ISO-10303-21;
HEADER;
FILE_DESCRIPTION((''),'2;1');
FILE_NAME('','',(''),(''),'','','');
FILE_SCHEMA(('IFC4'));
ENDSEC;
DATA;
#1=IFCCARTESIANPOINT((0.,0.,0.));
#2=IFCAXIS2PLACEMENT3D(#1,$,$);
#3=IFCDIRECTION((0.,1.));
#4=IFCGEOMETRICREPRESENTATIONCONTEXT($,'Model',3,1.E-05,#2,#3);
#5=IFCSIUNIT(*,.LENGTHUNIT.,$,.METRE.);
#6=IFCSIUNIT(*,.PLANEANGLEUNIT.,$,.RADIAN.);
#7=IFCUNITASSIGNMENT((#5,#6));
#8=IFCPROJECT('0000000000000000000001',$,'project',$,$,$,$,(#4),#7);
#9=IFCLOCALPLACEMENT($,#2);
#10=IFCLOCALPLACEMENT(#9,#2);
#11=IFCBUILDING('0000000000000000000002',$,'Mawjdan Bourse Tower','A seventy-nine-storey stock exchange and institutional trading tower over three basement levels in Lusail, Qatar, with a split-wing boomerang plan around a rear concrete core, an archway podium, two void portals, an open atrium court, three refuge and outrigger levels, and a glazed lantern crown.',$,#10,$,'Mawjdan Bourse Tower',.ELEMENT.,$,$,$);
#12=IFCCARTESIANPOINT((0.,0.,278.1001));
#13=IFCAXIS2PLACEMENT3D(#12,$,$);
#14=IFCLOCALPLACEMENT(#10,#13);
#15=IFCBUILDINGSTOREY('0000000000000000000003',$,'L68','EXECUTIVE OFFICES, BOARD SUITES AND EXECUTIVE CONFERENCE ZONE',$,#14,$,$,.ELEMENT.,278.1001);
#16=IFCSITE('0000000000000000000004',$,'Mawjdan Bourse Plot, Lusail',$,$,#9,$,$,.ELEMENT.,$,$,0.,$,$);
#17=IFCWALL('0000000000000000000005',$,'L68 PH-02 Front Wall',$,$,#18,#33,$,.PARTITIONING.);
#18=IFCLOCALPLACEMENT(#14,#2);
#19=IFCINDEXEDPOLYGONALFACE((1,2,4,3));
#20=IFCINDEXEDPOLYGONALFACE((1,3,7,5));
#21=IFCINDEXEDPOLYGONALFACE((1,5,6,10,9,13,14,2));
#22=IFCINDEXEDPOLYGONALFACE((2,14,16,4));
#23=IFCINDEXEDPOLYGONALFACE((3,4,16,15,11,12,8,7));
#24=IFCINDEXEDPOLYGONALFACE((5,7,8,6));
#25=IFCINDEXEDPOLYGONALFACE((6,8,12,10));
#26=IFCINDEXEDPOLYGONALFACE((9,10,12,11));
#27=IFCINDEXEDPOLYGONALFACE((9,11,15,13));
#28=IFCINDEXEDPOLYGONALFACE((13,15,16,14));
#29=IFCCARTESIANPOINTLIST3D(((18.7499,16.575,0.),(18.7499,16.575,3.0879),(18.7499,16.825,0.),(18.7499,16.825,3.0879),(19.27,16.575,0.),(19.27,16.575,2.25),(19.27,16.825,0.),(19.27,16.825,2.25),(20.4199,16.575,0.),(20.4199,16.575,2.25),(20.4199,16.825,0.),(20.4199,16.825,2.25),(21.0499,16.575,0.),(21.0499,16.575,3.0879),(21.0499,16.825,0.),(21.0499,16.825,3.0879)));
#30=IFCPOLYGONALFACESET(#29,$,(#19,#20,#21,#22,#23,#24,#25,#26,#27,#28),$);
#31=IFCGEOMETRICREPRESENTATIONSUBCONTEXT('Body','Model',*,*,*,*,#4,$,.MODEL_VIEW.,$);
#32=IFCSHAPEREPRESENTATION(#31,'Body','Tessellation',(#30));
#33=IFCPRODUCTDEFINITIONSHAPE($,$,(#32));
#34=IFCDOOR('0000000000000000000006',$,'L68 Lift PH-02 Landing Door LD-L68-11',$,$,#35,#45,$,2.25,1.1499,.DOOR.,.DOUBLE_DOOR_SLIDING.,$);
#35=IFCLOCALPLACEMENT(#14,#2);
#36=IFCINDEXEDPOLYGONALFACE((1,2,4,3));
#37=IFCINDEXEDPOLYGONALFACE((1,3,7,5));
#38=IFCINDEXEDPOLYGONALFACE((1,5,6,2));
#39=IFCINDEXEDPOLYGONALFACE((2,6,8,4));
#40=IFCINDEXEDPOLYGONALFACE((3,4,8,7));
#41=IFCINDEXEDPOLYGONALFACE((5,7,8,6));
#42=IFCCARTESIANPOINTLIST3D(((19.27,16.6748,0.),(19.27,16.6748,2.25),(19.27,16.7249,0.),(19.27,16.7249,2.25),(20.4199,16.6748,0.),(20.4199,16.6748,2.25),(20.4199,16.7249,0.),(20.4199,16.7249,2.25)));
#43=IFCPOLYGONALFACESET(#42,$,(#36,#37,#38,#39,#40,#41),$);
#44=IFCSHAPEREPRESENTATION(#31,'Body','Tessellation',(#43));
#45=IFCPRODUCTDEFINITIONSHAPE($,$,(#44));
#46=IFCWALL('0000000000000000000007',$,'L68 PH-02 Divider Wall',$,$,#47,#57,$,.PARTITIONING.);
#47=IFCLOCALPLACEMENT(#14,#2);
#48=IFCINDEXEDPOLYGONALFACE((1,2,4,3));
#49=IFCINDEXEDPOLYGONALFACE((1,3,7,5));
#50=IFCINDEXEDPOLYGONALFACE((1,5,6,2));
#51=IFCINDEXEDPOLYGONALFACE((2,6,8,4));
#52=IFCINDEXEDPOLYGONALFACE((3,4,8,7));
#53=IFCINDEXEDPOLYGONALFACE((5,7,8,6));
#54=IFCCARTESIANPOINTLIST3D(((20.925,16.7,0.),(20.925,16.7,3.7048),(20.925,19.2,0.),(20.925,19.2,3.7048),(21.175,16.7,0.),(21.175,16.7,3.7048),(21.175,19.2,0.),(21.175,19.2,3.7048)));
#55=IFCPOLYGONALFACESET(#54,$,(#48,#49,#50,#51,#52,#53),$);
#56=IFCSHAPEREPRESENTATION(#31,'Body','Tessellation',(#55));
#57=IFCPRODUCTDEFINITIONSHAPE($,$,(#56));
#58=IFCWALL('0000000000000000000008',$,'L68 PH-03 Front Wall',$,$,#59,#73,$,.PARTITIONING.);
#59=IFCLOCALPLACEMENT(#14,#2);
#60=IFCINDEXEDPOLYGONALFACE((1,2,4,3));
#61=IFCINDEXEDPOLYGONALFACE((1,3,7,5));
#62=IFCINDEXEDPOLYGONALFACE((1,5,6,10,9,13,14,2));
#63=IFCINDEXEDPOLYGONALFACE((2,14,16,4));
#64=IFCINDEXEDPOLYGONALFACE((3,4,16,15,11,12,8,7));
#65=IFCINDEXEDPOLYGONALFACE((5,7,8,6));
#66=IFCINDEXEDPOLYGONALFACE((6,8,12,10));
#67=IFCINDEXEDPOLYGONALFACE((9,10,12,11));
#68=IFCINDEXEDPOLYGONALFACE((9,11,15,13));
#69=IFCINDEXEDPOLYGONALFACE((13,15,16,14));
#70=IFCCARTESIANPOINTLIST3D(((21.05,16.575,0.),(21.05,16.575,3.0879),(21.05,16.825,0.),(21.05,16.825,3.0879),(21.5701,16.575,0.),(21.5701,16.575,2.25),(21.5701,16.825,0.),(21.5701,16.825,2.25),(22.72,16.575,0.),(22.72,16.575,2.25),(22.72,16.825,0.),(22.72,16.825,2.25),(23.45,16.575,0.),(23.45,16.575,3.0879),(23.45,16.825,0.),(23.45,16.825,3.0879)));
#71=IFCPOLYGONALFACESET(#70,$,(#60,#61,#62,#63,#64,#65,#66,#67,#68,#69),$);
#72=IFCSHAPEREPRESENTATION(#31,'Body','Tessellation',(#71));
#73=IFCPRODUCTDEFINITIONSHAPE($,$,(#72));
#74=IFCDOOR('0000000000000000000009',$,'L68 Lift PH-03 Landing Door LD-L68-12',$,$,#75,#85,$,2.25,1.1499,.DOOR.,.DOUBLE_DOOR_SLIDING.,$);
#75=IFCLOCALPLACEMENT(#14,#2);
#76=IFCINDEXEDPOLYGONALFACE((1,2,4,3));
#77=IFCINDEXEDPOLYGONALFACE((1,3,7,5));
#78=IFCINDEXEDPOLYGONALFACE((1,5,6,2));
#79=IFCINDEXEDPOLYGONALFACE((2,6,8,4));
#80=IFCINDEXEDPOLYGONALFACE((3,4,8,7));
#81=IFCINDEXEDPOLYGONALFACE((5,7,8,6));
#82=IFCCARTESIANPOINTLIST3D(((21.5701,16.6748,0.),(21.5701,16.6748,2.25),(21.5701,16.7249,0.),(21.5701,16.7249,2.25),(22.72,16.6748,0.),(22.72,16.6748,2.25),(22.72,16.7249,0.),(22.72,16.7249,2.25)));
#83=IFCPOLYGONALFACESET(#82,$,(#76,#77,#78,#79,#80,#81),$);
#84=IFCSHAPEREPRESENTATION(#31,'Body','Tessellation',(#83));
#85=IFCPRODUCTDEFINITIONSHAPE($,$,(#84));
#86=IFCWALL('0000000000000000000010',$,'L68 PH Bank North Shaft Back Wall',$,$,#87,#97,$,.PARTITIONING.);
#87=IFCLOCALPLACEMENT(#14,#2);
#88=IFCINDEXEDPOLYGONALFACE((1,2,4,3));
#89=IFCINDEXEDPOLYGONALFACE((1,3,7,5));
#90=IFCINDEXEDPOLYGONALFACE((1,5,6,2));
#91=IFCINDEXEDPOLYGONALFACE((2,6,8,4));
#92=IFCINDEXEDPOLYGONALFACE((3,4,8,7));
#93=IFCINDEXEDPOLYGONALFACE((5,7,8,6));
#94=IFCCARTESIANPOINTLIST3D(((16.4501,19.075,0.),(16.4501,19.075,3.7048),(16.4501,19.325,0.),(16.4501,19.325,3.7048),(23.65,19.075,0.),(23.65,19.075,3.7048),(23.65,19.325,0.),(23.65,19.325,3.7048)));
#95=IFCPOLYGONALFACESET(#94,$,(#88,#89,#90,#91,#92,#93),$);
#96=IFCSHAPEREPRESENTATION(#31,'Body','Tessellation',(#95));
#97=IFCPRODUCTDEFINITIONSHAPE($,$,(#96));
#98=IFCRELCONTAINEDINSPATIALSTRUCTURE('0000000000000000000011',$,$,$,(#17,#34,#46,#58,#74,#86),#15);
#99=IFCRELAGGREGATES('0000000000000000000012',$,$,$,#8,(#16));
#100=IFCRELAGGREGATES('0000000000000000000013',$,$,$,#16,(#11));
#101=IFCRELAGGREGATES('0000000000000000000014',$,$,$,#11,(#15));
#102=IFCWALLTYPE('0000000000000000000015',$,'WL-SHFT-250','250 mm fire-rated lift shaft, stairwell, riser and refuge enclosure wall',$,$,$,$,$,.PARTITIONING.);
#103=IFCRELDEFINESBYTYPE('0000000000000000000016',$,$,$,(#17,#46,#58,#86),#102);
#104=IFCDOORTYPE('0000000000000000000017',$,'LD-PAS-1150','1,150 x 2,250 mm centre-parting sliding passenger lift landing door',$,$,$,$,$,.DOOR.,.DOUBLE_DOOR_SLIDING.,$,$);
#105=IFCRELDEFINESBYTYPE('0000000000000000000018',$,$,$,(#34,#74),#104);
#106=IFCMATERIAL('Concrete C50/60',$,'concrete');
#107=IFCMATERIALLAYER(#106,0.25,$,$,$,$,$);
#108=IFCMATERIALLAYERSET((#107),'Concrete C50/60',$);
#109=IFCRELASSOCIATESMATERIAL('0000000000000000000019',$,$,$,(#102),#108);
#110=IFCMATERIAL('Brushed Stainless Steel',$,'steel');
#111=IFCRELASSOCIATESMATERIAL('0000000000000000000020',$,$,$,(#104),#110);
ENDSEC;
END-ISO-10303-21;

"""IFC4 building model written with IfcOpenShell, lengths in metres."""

from ifc_helpers import new_model, si_unit, direction, frame, frame_2d, origin, place, context, subcontext, project, spatial, rectangle, extrude, material, layer, layer_set, type_object, element, fill, save


model = new_model("IFC4")

# Units and contexts
model_context = context("Model", 3, precision=1e-05, world=origin(), true_north=direction((0.0, 1.0)))
body_context = subcontext(model_context, "Body", "Model", "MODEL_VIEW")
ifc_project = project(units=[si_unit("LENGTHUNIT", "METRE"), si_unit("PLANEANGLEUNIT", "RADIAN")], contexts=[model_context])

# Site, building, storey
site_placement = place(None, origin())
site = spatial("IfcSite", under=ifc_project, at=site_placement, Name="Mawjdan Bourse Plot, Lusail", CompositionType="ELEMENT", RefElevation=0.0)
building_placement = place(site_placement, origin())
building = spatial("IfcBuilding", under=site, at=building_placement, Name="Mawjdan Bourse Tower", Description="A seventy-nine-storey stock exchange and institutional trading tower over three basement levels in Lusail, Qatar, with a split-wing boomerang plan around a rear concrete core, an archway podium, two void portals, an open atrium court, three refuge and outrigger levels, and a glazed lantern crown.", LongName="Mawjdan Bourse Tower", CompositionType="ELEMENT")
storey_placement = place(building_placement, frame((0.0, 0.0, 278.1001)))
storey = spatial("IfcBuildingStorey", under=building, at=storey_placement, Name="L68", Description="EXECUTIVE OFFICES, BOARD SUITES AND EXECUTIVE CONFERENCE ZONE", CompositionType="ELEMENT", Elevation=278.1001)

# Shared definitions
ifc_material_1 = material(Name="Concrete C50/60", Category="concrete")
ifc_layer_1 = layer(ifc_material_1, 0.25)
ifc_layer_set_1 = layer_set([ifc_layer_1], Name="Concrete C50/60")
wall_type_1 = type_object("IfcWallType", Name="WL-SHFT-250", Description="250 mm fire-rated lift shaft, stairwell, riser and refuge enclosure wall", PredefinedType="PARTITIONING", material=ifc_layer_set_1)

# Shared definitions
ifc_material_2 = material(Name="Brushed Stainless Steel", Category="steel")
door_type_1 = type_object("IfcDoorType", Name="LD-PAS-1150", Description="1,150 x 2,250 mm centre-parting sliding passenger lift landing door", OperationType="DOUBLE_DOOR_SLIDING", PredefinedType="DOOR", material=ifc_material_2)

# Wall, opening, door
wall_1_placement = place(storey_placement, frame((18.75, 16.7, 0.0), z_axis=(0.0, 0.0, 1.0), x_axis=(1.0, 0.0, 0.0)))
wall_1 = element("IfcWall", 1, at=wall_1_placement, inside=storey, type_object=wall_type_1, Name="L68 PH-02 Front Wall", PredefinedType="PARTITIONING", context=body_context, shape_type="SweptSolid", body=[
    extrude(rectangle(XDim=2.3, YDim=0.25, at=frame_2d((1.1499, 0.0))), origin(), (0.0, 0.0, 1.0), 3.0879),
])
opening_1_placement = place(wall_1_placement, frame((0.52, 0.0, 0.0)))
opening_1 = element("IfcOpeningElement", 2, at=opening_1_placement, cuts=wall_1, PredefinedType="OPENING", context=body_context, shape_type="SweptSolid", body=[
    extrude(rectangle(XDim=1.1499, YDim=2.25, at=frame_2d((0.575, 1.125))), frame((0.0, 0.135, 0.0), z_axis=(0.0, -1.0, 0.0), x_axis=(1.0, 0.0, 0.0)), (0.0, 0.0, 1.0), 0.27),
])
door_1_placement = place(opening_1_placement, origin())
door_1 = element("IfcDoor", 3, at=door_1_placement, inside=storey, type_object=door_type_1, Name="L68 Lift PH-02 Landing Door LD-L68-11", OperationType="DOUBLE_DOOR_SLIDING", OverallHeight=2.25, OverallWidth=1.1499, PredefinedType="DOOR", context=body_context, shape_type="SweptSolid", body=[
    extrude(rectangle(XDim=1.1499, YDim=2.25, at=frame_2d((0.575, 1.125))), frame((0.0, 0.0249, 0.0), z_axis=(0.0, -1.0, 0.0), x_axis=(1.0, 0.0, 0.0)), (0.0, 0.0, 1.0), 0.05),
])
fill(opening_1, door_1)

# Wall
wall_2_placement = place(storey_placement, frame((21.05, 16.7, 0.0), z_axis=(0.0, 0.0, 1.0), x_axis=(0.0, 1.0, 0.0)))
element("IfcWall", 4, at=wall_2_placement, inside=storey, type_object=wall_type_1, Name="L68 PH-02 Divider Wall", PredefinedType="PARTITIONING", context=body_context, shape_type="SweptSolid", body=[
    extrude(rectangle(XDim=2.5, YDim=0.25, at=frame_2d((1.25, 0.0))), origin(), (0.0, 0.0, 1.0), 3.7048),
])

# Wall, opening, door
wall_3_placement = place(storey_placement, frame((21.05, 16.7, 0.0), z_axis=(0.0, 0.0, 1.0), x_axis=(1.0, 0.0, 0.0)))
wall_3 = element("IfcWall", 5, at=wall_3_placement, inside=storey, type_object=wall_type_1, Name="L68 PH-03 Front Wall", PredefinedType="PARTITIONING", context=body_context, shape_type="SweptSolid", body=[
    extrude(rectangle(XDim=2.3999, YDim=0.25, at=frame_2d((1.2, 0.0))), origin(), (0.0, 0.0, 1.0), 3.0879),
])
opening_2_placement = place(wall_3_placement, frame((0.52, 0.0, 0.0)))
opening_2 = element("IfcOpeningElement", 6, at=opening_2_placement, cuts=wall_3, PredefinedType="OPENING", context=body_context, shape_type="SweptSolid", body=[
    extrude(rectangle(XDim=1.1499, YDim=2.25, at=frame_2d((0.575, 1.125))), frame((0.0, 0.135, 0.0), z_axis=(0.0, -1.0, 0.0), x_axis=(1.0, 0.0, 0.0)), (0.0, 0.0, 1.0), 0.27),
])
door_2_placement = place(opening_2_placement, origin())
door_2 = element("IfcDoor", 7, at=door_2_placement, inside=storey, type_object=door_type_1, Name="L68 Lift PH-03 Landing Door LD-L68-12", OperationType="DOUBLE_DOOR_SLIDING", OverallHeight=2.25, OverallWidth=1.1499, PredefinedType="DOOR", context=body_context, shape_type="SweptSolid", body=[
    extrude(rectangle(XDim=1.1499, YDim=2.25, at=frame_2d((0.575, 1.125))), frame((0.0, 0.0249, 0.0), z_axis=(0.0, -1.0, 0.0), x_axis=(1.0, 0.0, 0.0)), (0.0, 0.0, 1.0), 0.05),
])
fill(opening_2, door_2)

# Wall
wall_4_placement = place(storey_placement, frame((16.45, 19.2, 0.0), z_axis=(0.0, 0.0, 1.0), x_axis=(1.0, 0.0, 0.0)))
element("IfcWall", 8, at=wall_4_placement, inside=storey, type_object=wall_type_1, Name="L68 PH Bank North Shaft Back Wall", PredefinedType="PARTITIONING", context=body_context, shape_type="SweptSolid", body=[
    extrude(rectangle(XDim=7.2, YDim=0.25, at=frame_2d((3.6001, 0.0))), origin(), (0.0, 0.0, 1.0), 3.7048),
])

save(model, "model.ifc")
